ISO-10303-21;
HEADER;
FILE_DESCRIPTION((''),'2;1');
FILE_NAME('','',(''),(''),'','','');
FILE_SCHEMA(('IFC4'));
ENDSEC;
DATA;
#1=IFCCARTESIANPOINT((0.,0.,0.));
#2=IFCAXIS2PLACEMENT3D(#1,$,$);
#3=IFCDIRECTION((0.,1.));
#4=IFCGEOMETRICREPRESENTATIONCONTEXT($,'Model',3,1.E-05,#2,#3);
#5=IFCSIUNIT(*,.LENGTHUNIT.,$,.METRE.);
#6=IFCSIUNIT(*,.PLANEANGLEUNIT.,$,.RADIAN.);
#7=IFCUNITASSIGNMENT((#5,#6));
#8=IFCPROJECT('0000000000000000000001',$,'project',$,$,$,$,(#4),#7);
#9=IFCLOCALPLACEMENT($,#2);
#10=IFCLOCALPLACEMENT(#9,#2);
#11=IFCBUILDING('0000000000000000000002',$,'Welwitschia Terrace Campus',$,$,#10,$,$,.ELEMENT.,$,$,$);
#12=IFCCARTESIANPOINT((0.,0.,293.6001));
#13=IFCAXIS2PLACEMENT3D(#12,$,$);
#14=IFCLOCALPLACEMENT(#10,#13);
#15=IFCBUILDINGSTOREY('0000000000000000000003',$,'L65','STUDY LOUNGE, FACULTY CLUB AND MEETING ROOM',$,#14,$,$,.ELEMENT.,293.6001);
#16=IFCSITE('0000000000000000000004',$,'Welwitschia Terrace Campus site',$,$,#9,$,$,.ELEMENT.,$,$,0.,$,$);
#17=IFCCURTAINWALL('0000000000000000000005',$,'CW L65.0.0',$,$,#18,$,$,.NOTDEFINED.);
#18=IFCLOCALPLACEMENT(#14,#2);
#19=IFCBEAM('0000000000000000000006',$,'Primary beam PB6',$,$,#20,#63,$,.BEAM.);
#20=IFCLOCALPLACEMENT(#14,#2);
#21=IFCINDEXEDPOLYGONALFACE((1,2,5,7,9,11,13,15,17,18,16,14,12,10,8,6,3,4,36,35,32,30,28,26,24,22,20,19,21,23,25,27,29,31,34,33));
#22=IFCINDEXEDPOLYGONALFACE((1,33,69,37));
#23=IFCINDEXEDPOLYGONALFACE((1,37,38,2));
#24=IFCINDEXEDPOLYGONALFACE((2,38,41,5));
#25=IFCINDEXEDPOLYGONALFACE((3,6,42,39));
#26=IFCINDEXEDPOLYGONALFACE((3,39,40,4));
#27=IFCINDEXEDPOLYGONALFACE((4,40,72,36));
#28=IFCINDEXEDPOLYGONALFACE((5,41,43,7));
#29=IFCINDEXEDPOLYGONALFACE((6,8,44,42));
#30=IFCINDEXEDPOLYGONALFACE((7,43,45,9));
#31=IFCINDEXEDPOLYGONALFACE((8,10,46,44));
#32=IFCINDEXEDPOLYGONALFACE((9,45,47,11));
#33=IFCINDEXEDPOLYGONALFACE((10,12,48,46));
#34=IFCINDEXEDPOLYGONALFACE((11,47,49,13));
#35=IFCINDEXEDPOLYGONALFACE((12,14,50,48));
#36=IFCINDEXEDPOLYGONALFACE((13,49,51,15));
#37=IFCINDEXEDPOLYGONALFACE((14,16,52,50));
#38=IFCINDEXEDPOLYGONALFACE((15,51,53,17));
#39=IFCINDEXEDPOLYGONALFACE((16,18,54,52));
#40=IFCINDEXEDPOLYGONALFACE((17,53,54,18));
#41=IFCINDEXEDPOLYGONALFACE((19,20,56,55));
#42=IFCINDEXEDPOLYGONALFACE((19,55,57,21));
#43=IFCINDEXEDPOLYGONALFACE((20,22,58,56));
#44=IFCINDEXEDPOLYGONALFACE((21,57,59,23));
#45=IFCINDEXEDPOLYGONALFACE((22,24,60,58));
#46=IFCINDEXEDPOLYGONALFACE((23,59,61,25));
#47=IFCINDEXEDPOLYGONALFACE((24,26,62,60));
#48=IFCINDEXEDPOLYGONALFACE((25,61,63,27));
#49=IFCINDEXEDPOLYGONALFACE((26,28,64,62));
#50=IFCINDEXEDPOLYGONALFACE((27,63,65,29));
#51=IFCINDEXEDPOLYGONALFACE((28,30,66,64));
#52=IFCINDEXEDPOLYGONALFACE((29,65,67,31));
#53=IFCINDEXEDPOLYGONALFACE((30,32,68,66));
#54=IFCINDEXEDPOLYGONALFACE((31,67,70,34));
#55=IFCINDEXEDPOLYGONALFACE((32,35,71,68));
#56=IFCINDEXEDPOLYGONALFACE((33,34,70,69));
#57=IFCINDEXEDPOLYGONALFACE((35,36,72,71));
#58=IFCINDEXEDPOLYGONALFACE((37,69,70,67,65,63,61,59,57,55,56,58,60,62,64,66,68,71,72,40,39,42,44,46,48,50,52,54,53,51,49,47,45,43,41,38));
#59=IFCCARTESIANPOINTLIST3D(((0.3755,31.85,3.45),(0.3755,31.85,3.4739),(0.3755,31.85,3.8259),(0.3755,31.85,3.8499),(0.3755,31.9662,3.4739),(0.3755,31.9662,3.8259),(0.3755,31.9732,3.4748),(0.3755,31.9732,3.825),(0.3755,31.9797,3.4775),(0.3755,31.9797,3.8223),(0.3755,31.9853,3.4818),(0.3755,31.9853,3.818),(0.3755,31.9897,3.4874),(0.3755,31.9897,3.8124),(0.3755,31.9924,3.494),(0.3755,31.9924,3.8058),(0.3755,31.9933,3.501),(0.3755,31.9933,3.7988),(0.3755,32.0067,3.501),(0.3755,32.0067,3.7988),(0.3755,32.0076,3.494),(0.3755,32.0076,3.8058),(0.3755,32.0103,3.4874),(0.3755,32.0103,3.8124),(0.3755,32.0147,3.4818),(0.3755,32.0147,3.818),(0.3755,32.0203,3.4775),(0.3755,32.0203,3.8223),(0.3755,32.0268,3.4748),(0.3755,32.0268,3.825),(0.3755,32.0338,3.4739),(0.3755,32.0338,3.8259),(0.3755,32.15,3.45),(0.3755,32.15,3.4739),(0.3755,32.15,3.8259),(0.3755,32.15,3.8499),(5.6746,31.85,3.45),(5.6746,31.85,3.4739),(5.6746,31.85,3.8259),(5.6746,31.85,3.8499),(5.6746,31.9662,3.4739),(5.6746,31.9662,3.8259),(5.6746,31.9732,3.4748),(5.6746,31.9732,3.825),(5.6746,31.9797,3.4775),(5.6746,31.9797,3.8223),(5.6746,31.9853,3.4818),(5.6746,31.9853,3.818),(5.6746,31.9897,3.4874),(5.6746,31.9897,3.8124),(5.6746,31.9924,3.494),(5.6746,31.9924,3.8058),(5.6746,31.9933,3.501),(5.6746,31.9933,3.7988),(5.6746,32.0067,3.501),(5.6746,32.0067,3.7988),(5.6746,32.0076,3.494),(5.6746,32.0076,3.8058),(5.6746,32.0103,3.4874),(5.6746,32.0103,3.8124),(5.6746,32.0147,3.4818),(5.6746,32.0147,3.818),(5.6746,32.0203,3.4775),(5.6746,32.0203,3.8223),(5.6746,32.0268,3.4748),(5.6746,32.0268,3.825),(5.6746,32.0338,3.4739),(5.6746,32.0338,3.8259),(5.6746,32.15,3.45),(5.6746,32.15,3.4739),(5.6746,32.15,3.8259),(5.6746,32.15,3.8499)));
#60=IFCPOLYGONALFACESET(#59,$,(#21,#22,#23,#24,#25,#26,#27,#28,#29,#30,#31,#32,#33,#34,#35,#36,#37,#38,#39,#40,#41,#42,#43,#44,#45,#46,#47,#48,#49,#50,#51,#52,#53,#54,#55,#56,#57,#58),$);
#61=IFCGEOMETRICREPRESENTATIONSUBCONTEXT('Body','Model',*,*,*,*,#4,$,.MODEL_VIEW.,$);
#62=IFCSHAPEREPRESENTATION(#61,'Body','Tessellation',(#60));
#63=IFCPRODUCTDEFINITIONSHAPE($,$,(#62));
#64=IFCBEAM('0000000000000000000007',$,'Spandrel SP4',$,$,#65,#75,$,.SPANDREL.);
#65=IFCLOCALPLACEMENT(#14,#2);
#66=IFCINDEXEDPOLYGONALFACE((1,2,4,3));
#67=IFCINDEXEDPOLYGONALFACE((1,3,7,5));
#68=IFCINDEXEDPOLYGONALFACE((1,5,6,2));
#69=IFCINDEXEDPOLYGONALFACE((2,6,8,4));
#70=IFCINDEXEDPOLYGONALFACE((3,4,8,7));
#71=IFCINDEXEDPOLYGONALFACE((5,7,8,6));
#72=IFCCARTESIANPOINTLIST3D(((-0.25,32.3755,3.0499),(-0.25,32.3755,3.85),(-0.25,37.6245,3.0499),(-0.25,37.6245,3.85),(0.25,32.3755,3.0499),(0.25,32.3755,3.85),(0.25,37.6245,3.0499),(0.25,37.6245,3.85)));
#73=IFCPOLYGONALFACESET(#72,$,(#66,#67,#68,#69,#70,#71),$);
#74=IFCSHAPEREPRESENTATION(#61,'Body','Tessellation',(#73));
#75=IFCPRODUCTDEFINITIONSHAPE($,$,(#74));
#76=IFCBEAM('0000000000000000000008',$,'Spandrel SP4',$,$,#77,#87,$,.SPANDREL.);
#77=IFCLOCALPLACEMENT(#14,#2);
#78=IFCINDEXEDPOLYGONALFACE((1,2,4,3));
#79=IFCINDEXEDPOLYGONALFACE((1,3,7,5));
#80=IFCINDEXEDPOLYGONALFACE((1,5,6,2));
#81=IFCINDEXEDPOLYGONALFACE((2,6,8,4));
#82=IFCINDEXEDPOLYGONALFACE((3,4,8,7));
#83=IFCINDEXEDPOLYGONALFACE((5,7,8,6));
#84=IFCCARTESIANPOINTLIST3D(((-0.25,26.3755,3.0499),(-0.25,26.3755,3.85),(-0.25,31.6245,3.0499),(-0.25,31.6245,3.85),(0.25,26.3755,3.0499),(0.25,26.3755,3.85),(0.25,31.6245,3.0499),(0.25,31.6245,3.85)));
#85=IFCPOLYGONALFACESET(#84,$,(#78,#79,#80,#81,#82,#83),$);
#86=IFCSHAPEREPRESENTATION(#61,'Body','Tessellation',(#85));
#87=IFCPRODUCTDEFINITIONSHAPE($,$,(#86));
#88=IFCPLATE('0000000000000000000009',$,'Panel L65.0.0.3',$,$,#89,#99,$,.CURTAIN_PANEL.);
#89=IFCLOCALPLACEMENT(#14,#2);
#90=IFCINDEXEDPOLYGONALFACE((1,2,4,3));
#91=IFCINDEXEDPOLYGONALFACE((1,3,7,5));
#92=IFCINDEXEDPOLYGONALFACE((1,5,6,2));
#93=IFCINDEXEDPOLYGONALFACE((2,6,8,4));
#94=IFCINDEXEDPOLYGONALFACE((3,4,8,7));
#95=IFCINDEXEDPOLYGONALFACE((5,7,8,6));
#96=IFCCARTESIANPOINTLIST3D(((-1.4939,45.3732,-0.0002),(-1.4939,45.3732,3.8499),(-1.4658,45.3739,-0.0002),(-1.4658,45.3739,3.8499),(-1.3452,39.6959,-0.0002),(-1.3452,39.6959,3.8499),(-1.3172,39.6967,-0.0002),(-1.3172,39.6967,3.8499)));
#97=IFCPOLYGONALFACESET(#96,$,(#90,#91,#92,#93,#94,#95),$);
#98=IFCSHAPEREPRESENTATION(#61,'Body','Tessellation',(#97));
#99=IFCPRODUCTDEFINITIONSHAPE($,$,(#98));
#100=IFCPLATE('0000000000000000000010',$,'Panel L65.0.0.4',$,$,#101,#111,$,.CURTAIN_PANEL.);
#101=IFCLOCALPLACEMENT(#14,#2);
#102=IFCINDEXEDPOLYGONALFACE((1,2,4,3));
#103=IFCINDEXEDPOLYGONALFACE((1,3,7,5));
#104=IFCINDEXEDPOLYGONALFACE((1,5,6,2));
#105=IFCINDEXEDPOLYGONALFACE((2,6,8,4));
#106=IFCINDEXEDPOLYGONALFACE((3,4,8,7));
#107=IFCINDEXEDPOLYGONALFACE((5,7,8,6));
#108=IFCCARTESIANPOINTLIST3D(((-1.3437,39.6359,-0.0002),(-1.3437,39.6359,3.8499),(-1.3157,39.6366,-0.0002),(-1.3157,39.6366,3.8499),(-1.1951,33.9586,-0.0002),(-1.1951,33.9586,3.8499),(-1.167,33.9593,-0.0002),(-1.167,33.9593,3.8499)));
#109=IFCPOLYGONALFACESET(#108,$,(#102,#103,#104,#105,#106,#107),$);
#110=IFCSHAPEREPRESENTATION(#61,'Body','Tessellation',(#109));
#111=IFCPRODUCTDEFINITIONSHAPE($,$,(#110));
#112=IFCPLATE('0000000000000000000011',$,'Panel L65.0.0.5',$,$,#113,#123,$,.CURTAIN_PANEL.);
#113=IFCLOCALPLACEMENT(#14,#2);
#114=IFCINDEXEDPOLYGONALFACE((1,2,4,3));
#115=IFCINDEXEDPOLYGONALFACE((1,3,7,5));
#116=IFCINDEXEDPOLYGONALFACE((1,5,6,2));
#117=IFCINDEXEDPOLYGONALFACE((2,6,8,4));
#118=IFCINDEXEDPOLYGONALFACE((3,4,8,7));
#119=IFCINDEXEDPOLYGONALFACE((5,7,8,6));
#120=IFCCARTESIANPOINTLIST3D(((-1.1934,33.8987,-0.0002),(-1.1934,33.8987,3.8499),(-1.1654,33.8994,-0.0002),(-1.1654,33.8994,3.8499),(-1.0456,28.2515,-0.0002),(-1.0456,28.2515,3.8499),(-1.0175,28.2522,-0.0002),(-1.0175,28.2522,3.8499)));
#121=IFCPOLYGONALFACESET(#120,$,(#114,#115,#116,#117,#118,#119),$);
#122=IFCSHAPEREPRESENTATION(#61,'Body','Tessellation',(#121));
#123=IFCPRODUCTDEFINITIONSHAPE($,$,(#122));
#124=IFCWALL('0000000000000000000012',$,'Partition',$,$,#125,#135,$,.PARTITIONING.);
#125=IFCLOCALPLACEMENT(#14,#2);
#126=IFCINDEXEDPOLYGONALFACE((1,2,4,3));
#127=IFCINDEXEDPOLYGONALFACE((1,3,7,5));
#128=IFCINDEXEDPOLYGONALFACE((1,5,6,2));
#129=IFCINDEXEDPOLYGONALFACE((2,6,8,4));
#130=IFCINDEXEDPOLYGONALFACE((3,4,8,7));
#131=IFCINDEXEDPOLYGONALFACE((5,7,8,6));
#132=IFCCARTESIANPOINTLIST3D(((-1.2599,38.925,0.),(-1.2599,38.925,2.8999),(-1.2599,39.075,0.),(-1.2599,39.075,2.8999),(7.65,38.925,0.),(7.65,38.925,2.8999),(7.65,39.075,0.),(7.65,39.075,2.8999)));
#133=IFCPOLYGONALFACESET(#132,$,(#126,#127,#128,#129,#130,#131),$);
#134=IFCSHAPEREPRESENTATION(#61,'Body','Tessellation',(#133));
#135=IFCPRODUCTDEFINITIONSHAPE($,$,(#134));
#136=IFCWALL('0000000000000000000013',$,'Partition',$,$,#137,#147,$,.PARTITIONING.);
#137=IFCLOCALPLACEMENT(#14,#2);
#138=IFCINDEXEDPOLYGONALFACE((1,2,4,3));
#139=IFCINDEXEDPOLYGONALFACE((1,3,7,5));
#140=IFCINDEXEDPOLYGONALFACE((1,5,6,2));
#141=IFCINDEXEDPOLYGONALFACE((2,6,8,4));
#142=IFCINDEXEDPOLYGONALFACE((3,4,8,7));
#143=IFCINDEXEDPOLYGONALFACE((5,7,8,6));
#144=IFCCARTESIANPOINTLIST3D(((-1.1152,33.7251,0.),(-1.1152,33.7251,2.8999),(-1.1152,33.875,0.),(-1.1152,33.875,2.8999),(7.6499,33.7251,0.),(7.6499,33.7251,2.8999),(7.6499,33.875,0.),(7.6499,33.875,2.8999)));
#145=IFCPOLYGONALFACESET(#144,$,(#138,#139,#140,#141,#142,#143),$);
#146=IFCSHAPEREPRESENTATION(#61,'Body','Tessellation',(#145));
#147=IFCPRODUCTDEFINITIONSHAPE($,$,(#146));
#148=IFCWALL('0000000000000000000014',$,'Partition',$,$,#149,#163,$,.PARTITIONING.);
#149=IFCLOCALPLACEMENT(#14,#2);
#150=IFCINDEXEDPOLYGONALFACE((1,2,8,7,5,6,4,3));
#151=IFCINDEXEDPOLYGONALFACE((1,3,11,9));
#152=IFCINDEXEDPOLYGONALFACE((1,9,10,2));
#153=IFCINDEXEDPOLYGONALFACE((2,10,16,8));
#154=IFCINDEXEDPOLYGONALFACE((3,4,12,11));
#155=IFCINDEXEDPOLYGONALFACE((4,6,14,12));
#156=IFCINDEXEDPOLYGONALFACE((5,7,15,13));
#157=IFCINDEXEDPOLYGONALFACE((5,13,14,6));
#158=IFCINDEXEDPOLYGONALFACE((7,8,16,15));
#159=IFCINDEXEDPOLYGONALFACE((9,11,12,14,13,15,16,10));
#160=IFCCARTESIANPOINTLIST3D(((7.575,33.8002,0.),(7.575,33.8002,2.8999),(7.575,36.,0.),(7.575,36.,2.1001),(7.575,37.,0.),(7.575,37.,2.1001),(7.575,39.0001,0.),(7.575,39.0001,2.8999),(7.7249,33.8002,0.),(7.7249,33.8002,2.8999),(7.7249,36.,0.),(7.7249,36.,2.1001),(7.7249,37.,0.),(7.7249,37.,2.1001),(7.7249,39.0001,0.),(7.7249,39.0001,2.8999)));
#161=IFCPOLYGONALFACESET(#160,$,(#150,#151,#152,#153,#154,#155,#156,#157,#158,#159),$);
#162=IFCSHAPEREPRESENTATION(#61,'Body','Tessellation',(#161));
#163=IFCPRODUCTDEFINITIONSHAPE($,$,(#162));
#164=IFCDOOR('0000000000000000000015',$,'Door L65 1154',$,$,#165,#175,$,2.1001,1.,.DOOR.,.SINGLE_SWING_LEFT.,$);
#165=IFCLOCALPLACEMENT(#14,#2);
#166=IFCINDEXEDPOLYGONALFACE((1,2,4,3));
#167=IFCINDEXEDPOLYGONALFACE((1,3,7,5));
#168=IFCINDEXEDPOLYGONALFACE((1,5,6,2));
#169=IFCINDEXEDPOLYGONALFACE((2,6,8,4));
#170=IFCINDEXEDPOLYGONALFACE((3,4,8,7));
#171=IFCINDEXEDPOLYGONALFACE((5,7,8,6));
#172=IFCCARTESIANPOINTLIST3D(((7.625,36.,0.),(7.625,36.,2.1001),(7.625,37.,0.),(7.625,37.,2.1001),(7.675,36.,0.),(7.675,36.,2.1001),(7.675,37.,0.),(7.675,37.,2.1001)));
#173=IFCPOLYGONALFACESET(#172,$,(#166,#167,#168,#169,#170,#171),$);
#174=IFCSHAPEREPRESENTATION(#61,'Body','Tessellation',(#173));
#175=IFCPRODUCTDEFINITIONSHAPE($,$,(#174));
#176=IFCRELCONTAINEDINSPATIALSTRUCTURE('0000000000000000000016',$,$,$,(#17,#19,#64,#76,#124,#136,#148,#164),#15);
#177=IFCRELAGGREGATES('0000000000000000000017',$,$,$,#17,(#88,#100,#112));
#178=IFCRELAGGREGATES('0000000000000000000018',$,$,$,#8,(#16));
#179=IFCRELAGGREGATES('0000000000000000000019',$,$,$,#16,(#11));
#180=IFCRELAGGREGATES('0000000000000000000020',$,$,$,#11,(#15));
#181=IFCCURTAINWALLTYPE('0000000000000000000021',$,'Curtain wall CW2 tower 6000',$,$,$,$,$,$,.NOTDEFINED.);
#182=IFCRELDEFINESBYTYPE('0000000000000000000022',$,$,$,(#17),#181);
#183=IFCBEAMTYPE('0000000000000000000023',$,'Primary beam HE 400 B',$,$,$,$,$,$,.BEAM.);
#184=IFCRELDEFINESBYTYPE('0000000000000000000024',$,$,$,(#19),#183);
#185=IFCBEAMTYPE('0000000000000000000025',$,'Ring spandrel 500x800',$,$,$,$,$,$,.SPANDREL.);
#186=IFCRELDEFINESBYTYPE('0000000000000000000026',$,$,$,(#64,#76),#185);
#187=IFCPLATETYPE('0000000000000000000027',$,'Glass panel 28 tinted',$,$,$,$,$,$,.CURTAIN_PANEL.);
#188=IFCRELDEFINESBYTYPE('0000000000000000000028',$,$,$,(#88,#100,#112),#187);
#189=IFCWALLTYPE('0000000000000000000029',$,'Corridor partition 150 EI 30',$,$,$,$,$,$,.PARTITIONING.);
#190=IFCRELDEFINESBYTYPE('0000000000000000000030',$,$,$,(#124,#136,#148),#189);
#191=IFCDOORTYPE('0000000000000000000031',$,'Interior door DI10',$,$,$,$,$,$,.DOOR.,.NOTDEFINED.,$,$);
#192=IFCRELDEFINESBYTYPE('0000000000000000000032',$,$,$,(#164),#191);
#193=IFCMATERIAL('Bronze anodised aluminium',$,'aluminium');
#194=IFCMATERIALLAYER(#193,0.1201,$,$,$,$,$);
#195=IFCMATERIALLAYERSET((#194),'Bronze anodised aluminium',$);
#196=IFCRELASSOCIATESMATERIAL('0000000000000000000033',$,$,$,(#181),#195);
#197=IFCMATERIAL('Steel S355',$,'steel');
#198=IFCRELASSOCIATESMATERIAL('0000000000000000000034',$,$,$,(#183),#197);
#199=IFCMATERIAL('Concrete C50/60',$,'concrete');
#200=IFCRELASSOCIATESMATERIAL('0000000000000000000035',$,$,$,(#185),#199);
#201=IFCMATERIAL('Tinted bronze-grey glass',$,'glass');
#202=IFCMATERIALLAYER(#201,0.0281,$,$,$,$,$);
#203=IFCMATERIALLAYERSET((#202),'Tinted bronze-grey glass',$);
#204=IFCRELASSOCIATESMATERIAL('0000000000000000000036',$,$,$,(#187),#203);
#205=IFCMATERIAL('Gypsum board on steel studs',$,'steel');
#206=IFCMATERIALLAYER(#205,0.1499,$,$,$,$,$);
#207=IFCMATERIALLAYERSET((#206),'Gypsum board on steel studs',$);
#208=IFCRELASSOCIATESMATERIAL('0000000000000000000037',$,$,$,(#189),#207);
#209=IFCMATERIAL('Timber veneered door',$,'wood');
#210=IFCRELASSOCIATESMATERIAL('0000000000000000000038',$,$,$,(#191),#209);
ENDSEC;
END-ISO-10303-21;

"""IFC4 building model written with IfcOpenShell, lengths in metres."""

from ifc_helpers import new_model, si_unit, direction, frame, frame_2d, origin, origin_2d, place, context, subcontext, project, spatial, rectangle, i_section, extrude, material, layer, layer_set, material_profile, profile_set, type_object, element, fill, aggregate, save


model = new_model("IFC4")

# Units and contexts
model_context = context("Model", 3, precision=1e-05, world=origin(), true_north=direction((0.0, 1.0)))
body_context = subcontext(model_context, "Body", "Model", "MODEL_VIEW")
ifc_project = project(units=[si_unit("LENGTHUNIT", "METRE"), si_unit("PLANEANGLEUNIT", "RADIAN")], contexts=[model_context])

# Site, building, storey
site_placement = place(None, origin())
site = spatial("IfcSite", under=ifc_project, at=site_placement, Name="Welwitschia Terrace Campus site", CompositionType="ELEMENT", RefElevation=0.0)
building_placement = place(site_placement, origin())
building = spatial("IfcBuilding", under=site, at=building_placement, Name="Welwitschia Terrace Campus", CompositionType="ELEMENT")
storey_placement = place(building_placement, frame((0.0, 0.0, 293.6001)))
storey = spatial("IfcBuildingStorey", under=building, at=storey_placement, Name="L65", Description="STUDY LOUNGE, FACULTY CLUB AND MEETING ROOM", CompositionType="ELEMENT", Elevation=293.6001)

# Curtain wall
ifc_material_1 = material(Name="Bronze anodised aluminium", Category="aluminium")
ifc_layer_1 = layer(ifc_material_1, 0.1201)
ifc_layer_set_1 = layer_set([ifc_layer_1], Name="Bronze anodised aluminium")
curtain_wall_type = type_object("IfcCurtainWallType", Name="Curtain wall CW2 tower 6000", PredefinedType="NOTDEFINED", material=ifc_layer_set_1)
curtain_wall_placement = place(storey_placement, origin())
curtain_wall = element("IfcCurtainWall", 1, at=curtain_wall_placement, inside=storey, type_object=curtain_wall_type, Name="CW L65.0.0", PredefinedType="NOTDEFINED")

# Beams
ifc_material_2 = material(Name="Steel S355", Category="steel")
ifc_material_profile_1 = material_profile(ifc_material_2, i_section(OverallWidth=0.3, OverallDepth=0.3999, WebThickness=0.0134, FlangeThickness=0.0239, FilletRadius=0.0271, at=origin_2d()))
ifc_profile_set_1 = profile_set([ifc_material_profile_1], Name="Steel S355")
beam_type_1 = type_object("IfcBeamType", Name="Primary beam HE 400 B", PredefinedType="BEAM", material=ifc_profile_set_1)
beam_1_placement = place(storey_placement, frame((0.3755, 32.0, 3.6499), z_axis=(1.0, 0.0, 0.0), x_axis=(0.0, 1.0, 0.0)))
element("IfcBeam", 2, at=beam_1_placement, inside=storey, type_object=beam_type_1, Name="Primary beam PB6", PredefinedType="BEAM", context=body_context, shape_type="SweptSolid", body=[
    extrude(i_section(OverallWidth=0.3, OverallDepth=0.3999, WebThickness=0.0134, FlangeThickness=0.0239, FilletRadius=0.0271, at=origin_2d()), origin(), (0.0, 0.0, 1.0), 5.2991),
])
ifc_material_3 = material(Name="Concrete C50/60", Category="concrete")
ifc_material_profile_2 = material_profile(ifc_material_3, rectangle(XDim=0.5, YDim=0.8, at=origin_2d()))
ifc_profile_set_2 = profile_set([ifc_material_profile_2], Name="Concrete C50/60")
beam_type_2 = type_object("IfcBeamType", Name="Ring spandrel 500x800", PredefinedType="SPANDREL", material=ifc_profile_set_2)
for number, where, z_axis, x_axis, name in (
    (3, (0.0, 37.6245, 3.45), (0.0, -1.0, 0.0), (1.0, 0.0, 0.0), "Spandrel SP4"),
    (4, (0.0, 31.6245, 3.45), (0.0, -1.0, 0.0), (1.0, 0.0, 0.0), "Spandrel SP4"),
):
    element("IfcBeam", number, at=place(storey_placement, frame(where, z_axis=z_axis, x_axis=x_axis)), inside=storey, type_object=beam_type_2, Name=name, PredefinedType="SPANDREL", context=body_context, shape_type="SweptSolid", body=[
        extrude(rectangle(XDim=0.5, YDim=0.8, at=origin_2d()), origin(), (0.0, 0.0, 1.0), 5.249),
    ])

# Plates
ifc_material_4 = material(Name="Tinted bronze-grey glass", Category="glass")
ifc_layer_2 = layer(ifc_material_4, 0.0281)
ifc_layer_set_2 = layer_set([ifc_layer_2], Name="Tinted bronze-grey glass")
plate_type = type_object("IfcPlateType", Name="Glass panel 28 tinted", PredefinedType="CURTAIN_PANEL", material=ifc_layer_set_2)
plate_1_placement = place(storey_placement, frame((-1.4055, 42.5349, -0.0002), z_axis=(0.0, 0.0, 1.0), x_axis=(0.026177, -0.999657, 0.0)))
plate_1 = element("IfcPlate", 5, at=plate_1_placement, type_object=plate_type, Name="Panel L65.0.0.3", PredefinedType="CURTAIN_PANEL", context=body_context, shape_type="SweptSolid", body=[
    extrude(rectangle(XDim=5.6792, YDim=0.0281, at=origin_2d()), origin(), (0.0, 0.0, 1.0), 3.8501),
])
plate_2_placement = place(storey_placement, frame((-1.2554, 36.7976, -0.0002), z_axis=(0.0, 0.0, 1.0), x_axis=(0.026177, -0.999657, 0.0)))
plate_2 = element("IfcPlate", 6, at=plate_2_placement, type_object=plate_type, Name="Panel L65.0.0.4", PredefinedType="CURTAIN_PANEL", context=body_context, shape_type="SweptSolid", body=[
    extrude(rectangle(XDim=5.6792, YDim=0.0281, at=origin_2d()), origin(), (0.0, 0.0, 1.0), 3.8501),
])
plate_3_placement = place(storey_placement, frame((-1.1055, 31.0754, -0.0002), z_axis=(0.0, 0.0, 1.0), x_axis=(0.026177, -0.999657, 0.0)))
plate_3 = element("IfcPlate", 7, at=plate_3_placement, type_object=plate_type, Name="Panel L65.0.0.5", PredefinedType="CURTAIN_PANEL", context=body_context, shape_type="SweptSolid", body=[
    extrude(rectangle(XDim=5.6492, YDim=0.0281, at=origin_2d()), origin(), (0.0, 0.0, 1.0), 3.8501),
])
aggregate(curtain_wall, [plate_1, plate_2, plate_3])

# Walls
ifc_material_5 = material(Name="Gypsum board on steel studs", Category="steel")
ifc_layer_3 = layer(ifc_material_5, 0.1499)
ifc_layer_set_3 = layer_set([ifc_layer_3], Name="Gypsum board on steel studs")
wall_type = type_object("IfcWallType", Name="Corridor partition 150 EI 30", PredefinedType="PARTITIONING", material=ifc_layer_set_3)
wall_1_placement = place(storey_placement, frame((-1.26, 39.0, 0.0), z_axis=(0.0, 0.0, 1.0), x_axis=(1.0, 0.0, 0.0)))
element("IfcWall", 8, at=wall_1_placement, inside=storey, type_object=wall_type, Name="Partition", PredefinedType="PARTITIONING", context=body_context, shape_type="SweptSolid", body=[
    extrude(rectangle(XDim=8.9099, YDim=0.1499, at=frame_2d((4.4551, 0.0))), origin(), (0.0, 0.0, 1.0), 2.8999),
])
wall_2_placement = place(storey_placement, frame((-1.1152, 33.8, 0.0), z_axis=(0.0, 0.0, 1.0), x_axis=(1.0, 0.0, 0.0)))
element("IfcWall", 9, at=wall_2_placement, inside=storey, type_object=wall_type, Name="Partition", PredefinedType="PARTITIONING", context=body_context, shape_type="SweptSolid", body=[
    extrude(rectangle(XDim=8.7651, YDim=0.1499, at=frame_2d((4.3826, 0.0))), origin(), (0.0, 0.0, 1.0), 2.8999),
])

# Wall, opening, door
wall_3_placement = place(storey_placement, frame((7.6499, 33.8, 0.0), z_axis=(0.0, 0.0, 1.0), x_axis=(0.0, 1.0, 0.0)))
wall_3 = element("IfcWall", 10, at=wall_3_placement, inside=storey, type_object=wall_type, Name="Partition", PredefinedType="PARTITIONING", context=body_context, shape_type="SweptSolid", body=[
    extrude(rectangle(XDim=5.2, YDim=0.1499, at=frame_2d((2.6001, 0.0))), origin(), (0.0, 0.0, 1.0), 2.8999),
])
opening_1_placement = place(wall_3_placement, frame((2.2, 0.0, 0.0)))
opening_1 = element("IfcOpeningElement", 11, at=opening_1_placement, cuts=wall_3, PredefinedType="OPENING", context=body_context, shape_type="SweptSolid", body=[
    extrude(rectangle(XDim=1.0, YDim=2.1001, at=frame_2d((0.5, 1.05))), frame((0.0, 0.085, 0.0), z_axis=(0.0, -1.0, 0.0), x_axis=(1.0, 0.0, 0.0)), (0.0, 0.0, 1.0), 0.1699),
])
ifc_material_6 = material(Name="Timber veneered door", Category="wood")
door_type_1 = type_object("IfcDoorType", Name="Interior door DI10", OperationType="NOTDEFINED", PredefinedType="DOOR", material=ifc_material_6)
door_1_placement = place(opening_1_placement, origin())
door_1 = element("IfcDoor", 12, at=door_1_placement, inside=storey, type_object=door_type_1, Name="Door L65 1154", OperationType="SINGLE_SWING_LEFT", OverallHeight=2.1001, OverallWidth=1.0, PredefinedType="DOOR", context=body_context, shape_type="SweptSolid", body=[
    extrude(rectangle(XDim=1.0, YDim=2.1001, at=frame_2d((0.5, 1.05))), frame((0.0, 0.0249, 0.0), z_axis=(0.0, -1.0, 0.0), x_axis=(1.0, 0.0, 0.0)), (0.0, 0.0, 1.0), 0.05),
])
fill(opening_1, door_1)

save(model, "model.ifc")
